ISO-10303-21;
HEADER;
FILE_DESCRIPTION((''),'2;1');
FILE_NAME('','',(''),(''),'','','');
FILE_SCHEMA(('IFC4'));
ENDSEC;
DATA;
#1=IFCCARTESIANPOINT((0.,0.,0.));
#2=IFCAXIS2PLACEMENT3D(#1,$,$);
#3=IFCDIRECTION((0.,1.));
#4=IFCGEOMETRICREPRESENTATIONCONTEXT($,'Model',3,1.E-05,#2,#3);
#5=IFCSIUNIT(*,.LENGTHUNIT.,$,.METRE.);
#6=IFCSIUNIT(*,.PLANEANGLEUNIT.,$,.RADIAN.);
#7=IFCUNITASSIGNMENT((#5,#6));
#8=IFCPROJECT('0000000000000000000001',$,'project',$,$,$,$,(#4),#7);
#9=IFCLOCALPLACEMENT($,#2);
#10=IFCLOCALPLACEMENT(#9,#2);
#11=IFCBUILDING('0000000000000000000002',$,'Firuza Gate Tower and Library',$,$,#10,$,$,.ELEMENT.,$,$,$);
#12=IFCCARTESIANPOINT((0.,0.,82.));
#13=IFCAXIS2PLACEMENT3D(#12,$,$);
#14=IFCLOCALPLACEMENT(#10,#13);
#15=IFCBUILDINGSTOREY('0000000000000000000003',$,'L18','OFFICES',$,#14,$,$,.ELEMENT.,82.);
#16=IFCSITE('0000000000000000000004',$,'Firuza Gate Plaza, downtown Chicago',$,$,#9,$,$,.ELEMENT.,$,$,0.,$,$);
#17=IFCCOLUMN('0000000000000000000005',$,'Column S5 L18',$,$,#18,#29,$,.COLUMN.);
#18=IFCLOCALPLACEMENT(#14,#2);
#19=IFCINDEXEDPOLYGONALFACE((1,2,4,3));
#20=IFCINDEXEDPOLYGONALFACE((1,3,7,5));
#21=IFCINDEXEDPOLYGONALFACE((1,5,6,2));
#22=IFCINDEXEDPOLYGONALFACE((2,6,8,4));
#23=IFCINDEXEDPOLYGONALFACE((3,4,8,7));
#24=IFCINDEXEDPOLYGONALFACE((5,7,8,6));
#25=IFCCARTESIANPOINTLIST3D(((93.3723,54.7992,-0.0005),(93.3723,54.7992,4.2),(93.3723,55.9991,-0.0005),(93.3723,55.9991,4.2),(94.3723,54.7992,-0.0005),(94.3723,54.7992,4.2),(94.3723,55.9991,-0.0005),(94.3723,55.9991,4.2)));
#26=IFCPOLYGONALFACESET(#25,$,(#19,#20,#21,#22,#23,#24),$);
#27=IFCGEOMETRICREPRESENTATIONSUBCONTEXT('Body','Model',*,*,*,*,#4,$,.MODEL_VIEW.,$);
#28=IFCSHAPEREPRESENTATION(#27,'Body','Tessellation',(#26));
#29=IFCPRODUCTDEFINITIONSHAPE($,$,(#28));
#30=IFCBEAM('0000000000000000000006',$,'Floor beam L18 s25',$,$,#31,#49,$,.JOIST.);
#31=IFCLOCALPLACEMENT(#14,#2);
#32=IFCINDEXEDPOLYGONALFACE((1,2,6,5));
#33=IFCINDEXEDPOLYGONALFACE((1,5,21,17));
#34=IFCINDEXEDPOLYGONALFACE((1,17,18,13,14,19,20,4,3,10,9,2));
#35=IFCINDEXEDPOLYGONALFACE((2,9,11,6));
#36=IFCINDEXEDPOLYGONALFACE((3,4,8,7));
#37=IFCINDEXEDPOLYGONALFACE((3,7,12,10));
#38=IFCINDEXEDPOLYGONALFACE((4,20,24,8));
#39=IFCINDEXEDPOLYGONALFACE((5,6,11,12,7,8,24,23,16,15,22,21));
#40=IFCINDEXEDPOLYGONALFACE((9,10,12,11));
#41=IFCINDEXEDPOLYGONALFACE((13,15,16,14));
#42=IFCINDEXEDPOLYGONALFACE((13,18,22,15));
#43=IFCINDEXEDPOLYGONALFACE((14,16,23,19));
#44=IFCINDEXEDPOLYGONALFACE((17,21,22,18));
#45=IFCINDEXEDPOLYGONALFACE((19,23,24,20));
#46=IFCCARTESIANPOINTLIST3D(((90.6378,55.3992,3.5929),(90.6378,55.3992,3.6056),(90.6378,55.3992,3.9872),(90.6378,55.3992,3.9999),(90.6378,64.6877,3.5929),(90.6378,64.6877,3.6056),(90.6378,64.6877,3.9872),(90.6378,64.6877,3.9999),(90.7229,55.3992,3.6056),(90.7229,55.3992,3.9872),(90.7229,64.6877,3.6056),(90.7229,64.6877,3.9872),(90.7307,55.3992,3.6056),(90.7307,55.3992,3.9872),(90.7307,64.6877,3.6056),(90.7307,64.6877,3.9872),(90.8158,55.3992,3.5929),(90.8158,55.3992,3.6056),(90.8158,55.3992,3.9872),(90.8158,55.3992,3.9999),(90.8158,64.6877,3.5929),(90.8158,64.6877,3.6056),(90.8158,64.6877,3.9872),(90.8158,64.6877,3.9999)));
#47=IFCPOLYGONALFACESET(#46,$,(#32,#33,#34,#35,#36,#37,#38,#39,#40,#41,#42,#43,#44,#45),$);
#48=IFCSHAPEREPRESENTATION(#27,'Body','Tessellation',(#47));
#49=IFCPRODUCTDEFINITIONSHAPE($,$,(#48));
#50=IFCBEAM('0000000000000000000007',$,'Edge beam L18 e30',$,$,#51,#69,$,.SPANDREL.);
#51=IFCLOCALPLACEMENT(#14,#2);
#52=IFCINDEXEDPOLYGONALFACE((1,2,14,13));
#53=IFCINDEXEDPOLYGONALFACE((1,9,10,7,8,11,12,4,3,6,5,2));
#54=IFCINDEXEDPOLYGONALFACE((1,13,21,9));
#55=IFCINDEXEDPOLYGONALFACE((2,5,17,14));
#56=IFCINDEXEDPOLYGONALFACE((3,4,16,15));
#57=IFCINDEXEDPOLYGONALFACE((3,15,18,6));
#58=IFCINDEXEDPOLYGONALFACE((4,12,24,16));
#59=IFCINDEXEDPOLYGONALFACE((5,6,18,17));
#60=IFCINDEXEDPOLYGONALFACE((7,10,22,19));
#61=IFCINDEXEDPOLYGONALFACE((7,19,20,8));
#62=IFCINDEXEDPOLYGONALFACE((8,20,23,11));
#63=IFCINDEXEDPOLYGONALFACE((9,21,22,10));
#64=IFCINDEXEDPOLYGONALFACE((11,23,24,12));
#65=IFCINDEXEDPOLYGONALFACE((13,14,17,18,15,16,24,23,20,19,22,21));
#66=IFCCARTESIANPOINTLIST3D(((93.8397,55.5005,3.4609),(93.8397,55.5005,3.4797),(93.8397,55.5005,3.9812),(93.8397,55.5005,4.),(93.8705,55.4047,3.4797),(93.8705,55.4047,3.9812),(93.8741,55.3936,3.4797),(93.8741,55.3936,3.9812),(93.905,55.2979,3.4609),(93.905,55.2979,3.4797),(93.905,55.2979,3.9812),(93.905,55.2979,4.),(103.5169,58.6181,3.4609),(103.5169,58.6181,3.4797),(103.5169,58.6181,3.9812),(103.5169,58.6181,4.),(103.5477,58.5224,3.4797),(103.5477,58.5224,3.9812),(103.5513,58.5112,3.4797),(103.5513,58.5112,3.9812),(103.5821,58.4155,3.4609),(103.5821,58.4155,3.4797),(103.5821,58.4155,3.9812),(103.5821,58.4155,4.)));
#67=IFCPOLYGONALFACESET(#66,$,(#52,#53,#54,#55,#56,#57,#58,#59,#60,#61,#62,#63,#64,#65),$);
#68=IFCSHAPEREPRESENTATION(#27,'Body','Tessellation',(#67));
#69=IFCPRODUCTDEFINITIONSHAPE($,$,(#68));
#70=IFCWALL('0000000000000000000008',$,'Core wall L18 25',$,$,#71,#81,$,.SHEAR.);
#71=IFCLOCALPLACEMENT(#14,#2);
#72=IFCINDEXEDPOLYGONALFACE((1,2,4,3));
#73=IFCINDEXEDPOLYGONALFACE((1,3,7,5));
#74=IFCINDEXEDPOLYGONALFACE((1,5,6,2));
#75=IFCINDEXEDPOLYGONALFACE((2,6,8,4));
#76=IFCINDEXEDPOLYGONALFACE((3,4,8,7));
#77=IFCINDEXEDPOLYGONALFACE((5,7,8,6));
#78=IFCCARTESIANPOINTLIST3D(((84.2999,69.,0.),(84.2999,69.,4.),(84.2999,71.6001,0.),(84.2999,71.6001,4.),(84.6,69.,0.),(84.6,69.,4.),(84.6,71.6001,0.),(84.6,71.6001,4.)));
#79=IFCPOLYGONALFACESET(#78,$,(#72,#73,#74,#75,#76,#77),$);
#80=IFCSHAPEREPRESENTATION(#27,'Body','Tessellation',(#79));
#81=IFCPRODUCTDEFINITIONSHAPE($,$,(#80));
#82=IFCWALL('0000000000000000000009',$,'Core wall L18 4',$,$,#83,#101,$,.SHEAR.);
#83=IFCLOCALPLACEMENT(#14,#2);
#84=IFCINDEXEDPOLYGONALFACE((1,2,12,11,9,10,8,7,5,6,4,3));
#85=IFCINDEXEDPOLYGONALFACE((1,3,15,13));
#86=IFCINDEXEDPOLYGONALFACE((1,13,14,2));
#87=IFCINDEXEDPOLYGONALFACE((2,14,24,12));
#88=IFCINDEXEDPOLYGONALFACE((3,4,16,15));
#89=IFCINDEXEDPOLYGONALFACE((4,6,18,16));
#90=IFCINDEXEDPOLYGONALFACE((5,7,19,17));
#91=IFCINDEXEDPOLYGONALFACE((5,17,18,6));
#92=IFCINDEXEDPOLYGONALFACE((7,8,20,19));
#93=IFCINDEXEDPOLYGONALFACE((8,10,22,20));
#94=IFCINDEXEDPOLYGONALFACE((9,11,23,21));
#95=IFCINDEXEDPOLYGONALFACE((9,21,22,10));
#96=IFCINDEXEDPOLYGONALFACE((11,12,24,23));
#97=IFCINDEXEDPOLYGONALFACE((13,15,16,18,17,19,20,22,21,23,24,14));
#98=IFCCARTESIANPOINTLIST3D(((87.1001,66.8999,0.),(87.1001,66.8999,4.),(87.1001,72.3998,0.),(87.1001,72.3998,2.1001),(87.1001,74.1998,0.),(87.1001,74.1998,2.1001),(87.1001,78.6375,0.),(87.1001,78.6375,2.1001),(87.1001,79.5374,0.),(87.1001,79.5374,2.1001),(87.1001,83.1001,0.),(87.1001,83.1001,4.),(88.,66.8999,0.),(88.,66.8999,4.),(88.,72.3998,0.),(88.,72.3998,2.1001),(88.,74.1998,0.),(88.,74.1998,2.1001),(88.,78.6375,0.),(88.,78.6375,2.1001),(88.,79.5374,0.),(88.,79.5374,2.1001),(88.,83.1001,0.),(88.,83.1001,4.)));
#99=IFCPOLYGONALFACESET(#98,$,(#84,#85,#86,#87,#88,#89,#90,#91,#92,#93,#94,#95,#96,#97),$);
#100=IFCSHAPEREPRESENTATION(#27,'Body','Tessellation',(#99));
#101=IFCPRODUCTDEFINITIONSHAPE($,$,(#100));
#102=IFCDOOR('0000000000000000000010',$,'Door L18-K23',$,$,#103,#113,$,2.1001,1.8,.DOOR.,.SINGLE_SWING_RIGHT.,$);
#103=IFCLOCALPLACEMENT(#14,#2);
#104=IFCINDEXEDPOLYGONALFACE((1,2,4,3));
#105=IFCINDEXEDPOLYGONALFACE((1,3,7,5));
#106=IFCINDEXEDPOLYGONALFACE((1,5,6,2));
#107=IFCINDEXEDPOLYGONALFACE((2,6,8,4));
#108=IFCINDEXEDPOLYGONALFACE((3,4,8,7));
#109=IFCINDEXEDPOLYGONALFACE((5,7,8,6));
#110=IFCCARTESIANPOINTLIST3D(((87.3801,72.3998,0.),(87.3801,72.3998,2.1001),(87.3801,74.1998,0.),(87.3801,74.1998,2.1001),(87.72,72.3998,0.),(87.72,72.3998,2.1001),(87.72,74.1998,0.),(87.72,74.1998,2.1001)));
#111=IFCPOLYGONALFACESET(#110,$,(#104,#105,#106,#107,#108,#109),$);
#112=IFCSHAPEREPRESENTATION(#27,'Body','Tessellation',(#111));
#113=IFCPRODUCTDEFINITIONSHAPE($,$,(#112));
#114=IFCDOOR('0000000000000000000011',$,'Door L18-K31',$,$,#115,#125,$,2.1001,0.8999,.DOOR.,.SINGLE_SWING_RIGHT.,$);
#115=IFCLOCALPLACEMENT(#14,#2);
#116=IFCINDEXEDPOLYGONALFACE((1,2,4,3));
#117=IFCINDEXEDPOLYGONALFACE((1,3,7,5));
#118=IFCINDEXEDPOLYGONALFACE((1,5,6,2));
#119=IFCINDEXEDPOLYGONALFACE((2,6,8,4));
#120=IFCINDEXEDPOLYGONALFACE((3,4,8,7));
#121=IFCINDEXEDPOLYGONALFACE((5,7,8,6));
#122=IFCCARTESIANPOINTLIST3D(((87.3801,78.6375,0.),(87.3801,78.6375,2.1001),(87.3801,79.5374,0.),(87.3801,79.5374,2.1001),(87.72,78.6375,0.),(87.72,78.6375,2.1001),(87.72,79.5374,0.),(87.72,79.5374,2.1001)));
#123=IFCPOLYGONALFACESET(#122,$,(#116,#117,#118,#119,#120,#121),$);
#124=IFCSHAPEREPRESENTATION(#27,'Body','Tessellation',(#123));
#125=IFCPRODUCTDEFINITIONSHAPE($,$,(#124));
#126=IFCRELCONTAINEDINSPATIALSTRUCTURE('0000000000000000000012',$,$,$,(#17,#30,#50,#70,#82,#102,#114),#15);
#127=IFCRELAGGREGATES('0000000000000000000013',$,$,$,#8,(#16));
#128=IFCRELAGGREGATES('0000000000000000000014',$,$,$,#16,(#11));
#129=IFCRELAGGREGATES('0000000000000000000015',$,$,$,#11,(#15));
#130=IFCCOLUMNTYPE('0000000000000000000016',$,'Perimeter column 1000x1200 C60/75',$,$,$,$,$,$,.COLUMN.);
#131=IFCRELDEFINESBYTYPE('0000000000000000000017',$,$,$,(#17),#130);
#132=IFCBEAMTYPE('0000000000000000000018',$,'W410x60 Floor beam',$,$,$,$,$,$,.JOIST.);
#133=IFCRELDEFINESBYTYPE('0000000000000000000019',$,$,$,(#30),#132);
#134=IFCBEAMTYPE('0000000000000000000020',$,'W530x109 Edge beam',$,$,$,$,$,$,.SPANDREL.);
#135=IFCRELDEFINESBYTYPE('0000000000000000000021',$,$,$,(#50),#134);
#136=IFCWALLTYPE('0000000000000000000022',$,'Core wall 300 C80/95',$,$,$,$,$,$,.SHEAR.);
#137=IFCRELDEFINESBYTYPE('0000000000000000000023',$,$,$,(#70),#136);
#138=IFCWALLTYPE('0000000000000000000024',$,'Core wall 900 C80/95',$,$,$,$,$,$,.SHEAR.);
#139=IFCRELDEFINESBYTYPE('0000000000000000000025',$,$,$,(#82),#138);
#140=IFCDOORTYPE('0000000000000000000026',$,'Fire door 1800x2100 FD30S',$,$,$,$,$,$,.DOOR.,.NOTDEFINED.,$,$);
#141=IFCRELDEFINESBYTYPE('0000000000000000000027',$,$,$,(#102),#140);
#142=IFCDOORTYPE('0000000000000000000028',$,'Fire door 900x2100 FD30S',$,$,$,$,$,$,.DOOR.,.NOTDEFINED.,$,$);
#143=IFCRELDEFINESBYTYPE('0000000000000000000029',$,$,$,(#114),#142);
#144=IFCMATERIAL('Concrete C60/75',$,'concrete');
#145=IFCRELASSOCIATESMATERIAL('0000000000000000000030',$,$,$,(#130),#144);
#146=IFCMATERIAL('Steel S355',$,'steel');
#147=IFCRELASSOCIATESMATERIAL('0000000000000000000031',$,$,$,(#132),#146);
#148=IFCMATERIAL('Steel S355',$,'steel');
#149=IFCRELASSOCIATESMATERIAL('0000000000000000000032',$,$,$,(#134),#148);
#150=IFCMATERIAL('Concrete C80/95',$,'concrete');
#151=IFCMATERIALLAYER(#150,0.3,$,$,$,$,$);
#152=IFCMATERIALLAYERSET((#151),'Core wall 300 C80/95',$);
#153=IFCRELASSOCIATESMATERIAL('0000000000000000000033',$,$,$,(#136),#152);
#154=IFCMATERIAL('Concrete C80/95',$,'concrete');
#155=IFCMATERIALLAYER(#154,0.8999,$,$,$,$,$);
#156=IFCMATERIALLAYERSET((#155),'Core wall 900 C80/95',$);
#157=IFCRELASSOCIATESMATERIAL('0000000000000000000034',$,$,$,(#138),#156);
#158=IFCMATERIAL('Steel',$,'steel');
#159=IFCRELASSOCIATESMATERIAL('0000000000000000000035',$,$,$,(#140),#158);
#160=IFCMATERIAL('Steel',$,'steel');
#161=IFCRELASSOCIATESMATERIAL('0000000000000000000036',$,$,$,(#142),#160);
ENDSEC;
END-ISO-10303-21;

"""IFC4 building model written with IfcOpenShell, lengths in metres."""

from ifc_helpers import new_model, si_unit, direction, frame, frame_2d, origin, origin_2d, place, context, subcontext, project, spatial, rectangle, i_section, extrude, material, layer, layer_set, material_profile, profile_set, type_object, element, fill, save


model = new_model("IFC4")

# Units and contexts
model_context = context("Model", 3, precision=1e-05, world=origin(), true_north=direction((0.0, 1.0)))
body_context = subcontext(model_context, "Body", "Model", "MODEL_VIEW")
ifc_project = project(units=[si_unit("LENGTHUNIT", "METRE"), si_unit("PLANEANGLEUNIT", "RADIAN")], contexts=[model_context])

# Site, building, storey
site_placement = place(None, origin())
site = spatial("IfcSite", under=ifc_project, at=site_placement, Name="Firuza Gate Plaza, downtown Chicago", CompositionType="ELEMENT", RefElevation=0.0)
building_placement = place(site_placement, origin())
building = spatial("IfcBuilding", under=site, at=building_placement, Name="Firuza Gate Tower and Library", CompositionType="ELEMENT")
storey_placement = place(building_placement, frame((0.0, 0.0, 82.0)))
storey = spatial("IfcBuildingStorey", under=building, at=storey_placement, Name="L18", Description="OFFICES", CompositionType="ELEMENT", Elevation=82.0)

# Column
ifc_material_1 = material(Name="Concrete C60/75", Category="concrete")
ifc_material_profile_1 = material_profile(ifc_material_1, rectangle(XDim=1.0, YDim=1.2, at=origin_2d()))
ifc_profile_set_1 = profile_set([ifc_material_profile_1], Name="Concrete C60/75")
column_type = type_object("IfcColumnType", Name="Perimeter column 1000x1200 C60/75", PredefinedType="COLUMN", material=ifc_profile_set_1)
column_placement = place(storey_placement, frame((93.8723, 55.3992, -0.0005), z_axis=(0.0, 0.0, 1.0), x_axis=(1.0, 0.0, 0.0)))
element("IfcColumn", 1, at=column_placement, inside=storey, type_object=column_type, Name="Column S5 L18", PredefinedType="COLUMN", context=body_context, shape_type="SweptSolid", body=[
    extrude(rectangle(XDim=1.0, YDim=1.2, at=origin_2d()), origin(), (0.0, 0.0, 1.0), 4.2004),
])

# Beams
ifc_material_2 = material(Name="Steel S355", Category="steel")
ifc_material_profile_2 = material_profile(ifc_material_2, i_section(OverallWidth=0.178, OverallDepth=0.407, WebThickness=0.0078, FlangeThickness=0.0127, at=origin_2d()))
ifc_profile_set_2 = profile_set([ifc_material_profile_2], Name="Steel S355")
beam_type_1 = type_object("IfcBeamType", Name="W410x60 Floor beam", PredefinedType="JOIST", material=ifc_profile_set_2)
beam_1_placement = place(storey_placement, frame((90.7268, 55.3992, 3.7964), z_axis=(0.0, 1.0, 0.0), x_axis=(-1.0, 0.0, 0.0)))
element("IfcBeam", 2, at=beam_1_placement, inside=storey, type_object=beam_type_1, Name="Floor beam L18 s25", PredefinedType="JOIST", context=body_context, shape_type="SweptSolid", body=[
    extrude(i_section(OverallWidth=0.178, OverallDepth=0.407, WebThickness=0.0078, FlangeThickness=0.0127, at=origin_2d()), origin(), (0.0, 0.0, 1.0), 9.2886),
])
ifc_material_3 = material(Name="Steel S355", Category="steel")
ifc_material_profile_3 = material_profile(ifc_material_3, i_section(OverallWidth=0.2129, OverallDepth=0.5391, WebThickness=0.0117, FlangeThickness=0.0188, at=origin_2d()))
ifc_profile_set_3 = profile_set([ifc_material_profile_3], Name="Steel S355")
beam_type_2 = type_object("IfcBeamType", Name="W530x109 Edge beam", PredefinedType="SPANDREL", material=ifc_profile_set_3)
beam_2_placement = place(storey_placement, frame((93.8723, 55.3992, 3.7305), z_axis=(0.951824, 0.306645, 0.0), x_axis=(-0.306645, 0.951824, 0.0)))
element("IfcBeam", 3, at=beam_2_placement, inside=storey, type_object=beam_type_2, Name="Edge beam L18 e30", PredefinedType="SPANDREL", context=body_context, shape_type="SweptSolid", body=[
    extrude(i_section(OverallWidth=0.2129, OverallDepth=0.5391, WebThickness=0.0117, FlangeThickness=0.0188, at=origin_2d()), origin(), (0.0, 0.0, 1.0), 10.167),
])

# Wall
ifc_material_4 = material(Name="Concrete C80/95", Category="concrete")
ifc_layer_1 = layer(ifc_material_4, 0.3)
ifc_layer_set_1 = layer_set([ifc_layer_1], Name="Core wall 300 C80/95")
wall_type_1 = type_object("IfcWallType", Name="Core wall 300 C80/95", PredefinedType="SHEAR", material=ifc_layer_set_1)
wall_1_placement = place(storey_placement, frame((84.45, 69.0, 0.0), z_axis=(0.0, 0.0, 1.0), x_axis=(0.0, 1.0, 0.0)))
element("IfcWall", 4, at=wall_1_placement, inside=storey, type_object=wall_type_1, Name="Core wall L18 25", PredefinedType="SHEAR", context=body_context, shape_type="SweptSolid", body=[
    extrude(rectangle(XDim=2.6001, YDim=0.3, at=frame_2d((1.3, 0.0))), origin(), (0.0, 0.0, 1.0), 4.0),
])

# Wall, openings, doors
ifc_material_5 = material(Name="Concrete C80/95", Category="concrete")
ifc_layer_2 = layer(ifc_material_5, 0.8999)
ifc_layer_set_2 = layer_set([ifc_layer_2], Name="Core wall 900 C80/95")
wall_type_2 = type_object("IfcWallType", Name="Core wall 900 C80/95", PredefinedType="SHEAR", material=ifc_layer_set_2)
wall_2_placement = place(storey_placement, frame((87.55, 66.8999, 0.0), z_axis=(0.0, 0.0, 1.0), x_axis=(0.0, 1.0, 0.0)))
wall_2 = element("IfcWall", 5, at=wall_2_placement, inside=storey, type_object=wall_type_2, Name="Core wall L18 4", PredefinedType="SHEAR", context=body_context, shape_type="SweptSolid", body=[
    extrude(rectangle(XDim=16.2002, YDim=0.8999, at=frame_2d((8.1001, 0.0))), origin(), (0.0, 0.0, 1.0), 4.0),
])
opening_1_placement = place(wall_2_placement, frame((5.5, 0.0, 0.0)))
opening_1 = element("IfcOpeningElement", 6, at=opening_1_placement, cuts=wall_2, PredefinedType="OPENING", context=body_context, shape_type="SweptSolid", body=[
    extrude(rectangle(XDim=1.8, YDim=2.1001, at=frame_2d((0.8999, 1.05))), frame((0.0, 0.46, 0.0), z_axis=(0.0, -1.0, 0.0), x_axis=(1.0, 0.0, 0.0)), (0.0, 0.0, 1.0), 0.9199),
])
opening_2_placement = place(wall_2_placement, frame((11.7375, 0.0, 0.0)))
opening_2 = element("IfcOpeningElement", 7, at=opening_2_placement, cuts=wall_2, PredefinedType="OPENING", context=body_context, shape_type="SweptSolid", body=[
    extrude(rectangle(XDim=0.8999, YDim=2.1001, at=frame_2d((0.45, 1.05))), frame((0.0, 0.46, 0.0), z_axis=(0.0, -1.0, 0.0), x_axis=(1.0, 0.0, 0.0)), (0.0, 0.0, 1.0), 0.9199),
])
ifc_material_6 = material(Name="Steel", Category="steel")
door_type_1 = type_object("IfcDoorType", Name="Fire door 1800x2100 FD30S", OperationType="NOTDEFINED", PredefinedType="DOOR", material=ifc_material_6)
door_1_placement = place(opening_1_placement, origin())
door_1 = element("IfcDoor", 8, at=door_1_placement, inside=storey, type_object=door_type_1, Name="Door L18-K23", OperationType="SINGLE_SWING_RIGHT", OverallHeight=2.1001, OverallWidth=1.8, PredefinedType="DOOR", context=body_context, shape_type="SweptSolid", body=[
    extrude(rectangle(XDim=1.8, YDim=2.1001, at=frame_2d((0.8999, 1.05))), frame((0.0, 0.1699, 0.0), z_axis=(0.0, -1.0, 0.0), x_axis=(1.0, 0.0, 0.0)), (0.0, 0.0, 1.0), 0.3398),
])
fill(opening_1, door_1)
ifc_material_7 = material(Name="Steel", Category="steel")
door_type_2 = type_object("IfcDoorType", Name="Fire door 900x2100 FD30S", OperationType="NOTDEFINED", PredefinedType="DOOR", material=ifc_material_7)
door_2_placement = place(opening_2_placement, origin())
door_2 = element("IfcDoor", 9, at=door_2_placement, inside=storey, type_object=door_type_2, Name="Door L18-K31", OperationType="SINGLE_SWING_RIGHT", OverallHeight=2.1001, OverallWidth=0.8999, PredefinedType="DOOR", context=body_context, shape_type="SweptSolid", body=[
    extrude(rectangle(XDim=0.8999, YDim=2.1001, at=frame_2d((0.45, 1.05))), frame((0.0, 0.1699, 0.0), z_axis=(0.0, -1.0, 0.0), x_axis=(1.0, 0.0, 0.0)), (0.0, 0.0, 1.0), 0.3398),
])
fill(opening_2, door_2)

save(model, "model.ifc")
